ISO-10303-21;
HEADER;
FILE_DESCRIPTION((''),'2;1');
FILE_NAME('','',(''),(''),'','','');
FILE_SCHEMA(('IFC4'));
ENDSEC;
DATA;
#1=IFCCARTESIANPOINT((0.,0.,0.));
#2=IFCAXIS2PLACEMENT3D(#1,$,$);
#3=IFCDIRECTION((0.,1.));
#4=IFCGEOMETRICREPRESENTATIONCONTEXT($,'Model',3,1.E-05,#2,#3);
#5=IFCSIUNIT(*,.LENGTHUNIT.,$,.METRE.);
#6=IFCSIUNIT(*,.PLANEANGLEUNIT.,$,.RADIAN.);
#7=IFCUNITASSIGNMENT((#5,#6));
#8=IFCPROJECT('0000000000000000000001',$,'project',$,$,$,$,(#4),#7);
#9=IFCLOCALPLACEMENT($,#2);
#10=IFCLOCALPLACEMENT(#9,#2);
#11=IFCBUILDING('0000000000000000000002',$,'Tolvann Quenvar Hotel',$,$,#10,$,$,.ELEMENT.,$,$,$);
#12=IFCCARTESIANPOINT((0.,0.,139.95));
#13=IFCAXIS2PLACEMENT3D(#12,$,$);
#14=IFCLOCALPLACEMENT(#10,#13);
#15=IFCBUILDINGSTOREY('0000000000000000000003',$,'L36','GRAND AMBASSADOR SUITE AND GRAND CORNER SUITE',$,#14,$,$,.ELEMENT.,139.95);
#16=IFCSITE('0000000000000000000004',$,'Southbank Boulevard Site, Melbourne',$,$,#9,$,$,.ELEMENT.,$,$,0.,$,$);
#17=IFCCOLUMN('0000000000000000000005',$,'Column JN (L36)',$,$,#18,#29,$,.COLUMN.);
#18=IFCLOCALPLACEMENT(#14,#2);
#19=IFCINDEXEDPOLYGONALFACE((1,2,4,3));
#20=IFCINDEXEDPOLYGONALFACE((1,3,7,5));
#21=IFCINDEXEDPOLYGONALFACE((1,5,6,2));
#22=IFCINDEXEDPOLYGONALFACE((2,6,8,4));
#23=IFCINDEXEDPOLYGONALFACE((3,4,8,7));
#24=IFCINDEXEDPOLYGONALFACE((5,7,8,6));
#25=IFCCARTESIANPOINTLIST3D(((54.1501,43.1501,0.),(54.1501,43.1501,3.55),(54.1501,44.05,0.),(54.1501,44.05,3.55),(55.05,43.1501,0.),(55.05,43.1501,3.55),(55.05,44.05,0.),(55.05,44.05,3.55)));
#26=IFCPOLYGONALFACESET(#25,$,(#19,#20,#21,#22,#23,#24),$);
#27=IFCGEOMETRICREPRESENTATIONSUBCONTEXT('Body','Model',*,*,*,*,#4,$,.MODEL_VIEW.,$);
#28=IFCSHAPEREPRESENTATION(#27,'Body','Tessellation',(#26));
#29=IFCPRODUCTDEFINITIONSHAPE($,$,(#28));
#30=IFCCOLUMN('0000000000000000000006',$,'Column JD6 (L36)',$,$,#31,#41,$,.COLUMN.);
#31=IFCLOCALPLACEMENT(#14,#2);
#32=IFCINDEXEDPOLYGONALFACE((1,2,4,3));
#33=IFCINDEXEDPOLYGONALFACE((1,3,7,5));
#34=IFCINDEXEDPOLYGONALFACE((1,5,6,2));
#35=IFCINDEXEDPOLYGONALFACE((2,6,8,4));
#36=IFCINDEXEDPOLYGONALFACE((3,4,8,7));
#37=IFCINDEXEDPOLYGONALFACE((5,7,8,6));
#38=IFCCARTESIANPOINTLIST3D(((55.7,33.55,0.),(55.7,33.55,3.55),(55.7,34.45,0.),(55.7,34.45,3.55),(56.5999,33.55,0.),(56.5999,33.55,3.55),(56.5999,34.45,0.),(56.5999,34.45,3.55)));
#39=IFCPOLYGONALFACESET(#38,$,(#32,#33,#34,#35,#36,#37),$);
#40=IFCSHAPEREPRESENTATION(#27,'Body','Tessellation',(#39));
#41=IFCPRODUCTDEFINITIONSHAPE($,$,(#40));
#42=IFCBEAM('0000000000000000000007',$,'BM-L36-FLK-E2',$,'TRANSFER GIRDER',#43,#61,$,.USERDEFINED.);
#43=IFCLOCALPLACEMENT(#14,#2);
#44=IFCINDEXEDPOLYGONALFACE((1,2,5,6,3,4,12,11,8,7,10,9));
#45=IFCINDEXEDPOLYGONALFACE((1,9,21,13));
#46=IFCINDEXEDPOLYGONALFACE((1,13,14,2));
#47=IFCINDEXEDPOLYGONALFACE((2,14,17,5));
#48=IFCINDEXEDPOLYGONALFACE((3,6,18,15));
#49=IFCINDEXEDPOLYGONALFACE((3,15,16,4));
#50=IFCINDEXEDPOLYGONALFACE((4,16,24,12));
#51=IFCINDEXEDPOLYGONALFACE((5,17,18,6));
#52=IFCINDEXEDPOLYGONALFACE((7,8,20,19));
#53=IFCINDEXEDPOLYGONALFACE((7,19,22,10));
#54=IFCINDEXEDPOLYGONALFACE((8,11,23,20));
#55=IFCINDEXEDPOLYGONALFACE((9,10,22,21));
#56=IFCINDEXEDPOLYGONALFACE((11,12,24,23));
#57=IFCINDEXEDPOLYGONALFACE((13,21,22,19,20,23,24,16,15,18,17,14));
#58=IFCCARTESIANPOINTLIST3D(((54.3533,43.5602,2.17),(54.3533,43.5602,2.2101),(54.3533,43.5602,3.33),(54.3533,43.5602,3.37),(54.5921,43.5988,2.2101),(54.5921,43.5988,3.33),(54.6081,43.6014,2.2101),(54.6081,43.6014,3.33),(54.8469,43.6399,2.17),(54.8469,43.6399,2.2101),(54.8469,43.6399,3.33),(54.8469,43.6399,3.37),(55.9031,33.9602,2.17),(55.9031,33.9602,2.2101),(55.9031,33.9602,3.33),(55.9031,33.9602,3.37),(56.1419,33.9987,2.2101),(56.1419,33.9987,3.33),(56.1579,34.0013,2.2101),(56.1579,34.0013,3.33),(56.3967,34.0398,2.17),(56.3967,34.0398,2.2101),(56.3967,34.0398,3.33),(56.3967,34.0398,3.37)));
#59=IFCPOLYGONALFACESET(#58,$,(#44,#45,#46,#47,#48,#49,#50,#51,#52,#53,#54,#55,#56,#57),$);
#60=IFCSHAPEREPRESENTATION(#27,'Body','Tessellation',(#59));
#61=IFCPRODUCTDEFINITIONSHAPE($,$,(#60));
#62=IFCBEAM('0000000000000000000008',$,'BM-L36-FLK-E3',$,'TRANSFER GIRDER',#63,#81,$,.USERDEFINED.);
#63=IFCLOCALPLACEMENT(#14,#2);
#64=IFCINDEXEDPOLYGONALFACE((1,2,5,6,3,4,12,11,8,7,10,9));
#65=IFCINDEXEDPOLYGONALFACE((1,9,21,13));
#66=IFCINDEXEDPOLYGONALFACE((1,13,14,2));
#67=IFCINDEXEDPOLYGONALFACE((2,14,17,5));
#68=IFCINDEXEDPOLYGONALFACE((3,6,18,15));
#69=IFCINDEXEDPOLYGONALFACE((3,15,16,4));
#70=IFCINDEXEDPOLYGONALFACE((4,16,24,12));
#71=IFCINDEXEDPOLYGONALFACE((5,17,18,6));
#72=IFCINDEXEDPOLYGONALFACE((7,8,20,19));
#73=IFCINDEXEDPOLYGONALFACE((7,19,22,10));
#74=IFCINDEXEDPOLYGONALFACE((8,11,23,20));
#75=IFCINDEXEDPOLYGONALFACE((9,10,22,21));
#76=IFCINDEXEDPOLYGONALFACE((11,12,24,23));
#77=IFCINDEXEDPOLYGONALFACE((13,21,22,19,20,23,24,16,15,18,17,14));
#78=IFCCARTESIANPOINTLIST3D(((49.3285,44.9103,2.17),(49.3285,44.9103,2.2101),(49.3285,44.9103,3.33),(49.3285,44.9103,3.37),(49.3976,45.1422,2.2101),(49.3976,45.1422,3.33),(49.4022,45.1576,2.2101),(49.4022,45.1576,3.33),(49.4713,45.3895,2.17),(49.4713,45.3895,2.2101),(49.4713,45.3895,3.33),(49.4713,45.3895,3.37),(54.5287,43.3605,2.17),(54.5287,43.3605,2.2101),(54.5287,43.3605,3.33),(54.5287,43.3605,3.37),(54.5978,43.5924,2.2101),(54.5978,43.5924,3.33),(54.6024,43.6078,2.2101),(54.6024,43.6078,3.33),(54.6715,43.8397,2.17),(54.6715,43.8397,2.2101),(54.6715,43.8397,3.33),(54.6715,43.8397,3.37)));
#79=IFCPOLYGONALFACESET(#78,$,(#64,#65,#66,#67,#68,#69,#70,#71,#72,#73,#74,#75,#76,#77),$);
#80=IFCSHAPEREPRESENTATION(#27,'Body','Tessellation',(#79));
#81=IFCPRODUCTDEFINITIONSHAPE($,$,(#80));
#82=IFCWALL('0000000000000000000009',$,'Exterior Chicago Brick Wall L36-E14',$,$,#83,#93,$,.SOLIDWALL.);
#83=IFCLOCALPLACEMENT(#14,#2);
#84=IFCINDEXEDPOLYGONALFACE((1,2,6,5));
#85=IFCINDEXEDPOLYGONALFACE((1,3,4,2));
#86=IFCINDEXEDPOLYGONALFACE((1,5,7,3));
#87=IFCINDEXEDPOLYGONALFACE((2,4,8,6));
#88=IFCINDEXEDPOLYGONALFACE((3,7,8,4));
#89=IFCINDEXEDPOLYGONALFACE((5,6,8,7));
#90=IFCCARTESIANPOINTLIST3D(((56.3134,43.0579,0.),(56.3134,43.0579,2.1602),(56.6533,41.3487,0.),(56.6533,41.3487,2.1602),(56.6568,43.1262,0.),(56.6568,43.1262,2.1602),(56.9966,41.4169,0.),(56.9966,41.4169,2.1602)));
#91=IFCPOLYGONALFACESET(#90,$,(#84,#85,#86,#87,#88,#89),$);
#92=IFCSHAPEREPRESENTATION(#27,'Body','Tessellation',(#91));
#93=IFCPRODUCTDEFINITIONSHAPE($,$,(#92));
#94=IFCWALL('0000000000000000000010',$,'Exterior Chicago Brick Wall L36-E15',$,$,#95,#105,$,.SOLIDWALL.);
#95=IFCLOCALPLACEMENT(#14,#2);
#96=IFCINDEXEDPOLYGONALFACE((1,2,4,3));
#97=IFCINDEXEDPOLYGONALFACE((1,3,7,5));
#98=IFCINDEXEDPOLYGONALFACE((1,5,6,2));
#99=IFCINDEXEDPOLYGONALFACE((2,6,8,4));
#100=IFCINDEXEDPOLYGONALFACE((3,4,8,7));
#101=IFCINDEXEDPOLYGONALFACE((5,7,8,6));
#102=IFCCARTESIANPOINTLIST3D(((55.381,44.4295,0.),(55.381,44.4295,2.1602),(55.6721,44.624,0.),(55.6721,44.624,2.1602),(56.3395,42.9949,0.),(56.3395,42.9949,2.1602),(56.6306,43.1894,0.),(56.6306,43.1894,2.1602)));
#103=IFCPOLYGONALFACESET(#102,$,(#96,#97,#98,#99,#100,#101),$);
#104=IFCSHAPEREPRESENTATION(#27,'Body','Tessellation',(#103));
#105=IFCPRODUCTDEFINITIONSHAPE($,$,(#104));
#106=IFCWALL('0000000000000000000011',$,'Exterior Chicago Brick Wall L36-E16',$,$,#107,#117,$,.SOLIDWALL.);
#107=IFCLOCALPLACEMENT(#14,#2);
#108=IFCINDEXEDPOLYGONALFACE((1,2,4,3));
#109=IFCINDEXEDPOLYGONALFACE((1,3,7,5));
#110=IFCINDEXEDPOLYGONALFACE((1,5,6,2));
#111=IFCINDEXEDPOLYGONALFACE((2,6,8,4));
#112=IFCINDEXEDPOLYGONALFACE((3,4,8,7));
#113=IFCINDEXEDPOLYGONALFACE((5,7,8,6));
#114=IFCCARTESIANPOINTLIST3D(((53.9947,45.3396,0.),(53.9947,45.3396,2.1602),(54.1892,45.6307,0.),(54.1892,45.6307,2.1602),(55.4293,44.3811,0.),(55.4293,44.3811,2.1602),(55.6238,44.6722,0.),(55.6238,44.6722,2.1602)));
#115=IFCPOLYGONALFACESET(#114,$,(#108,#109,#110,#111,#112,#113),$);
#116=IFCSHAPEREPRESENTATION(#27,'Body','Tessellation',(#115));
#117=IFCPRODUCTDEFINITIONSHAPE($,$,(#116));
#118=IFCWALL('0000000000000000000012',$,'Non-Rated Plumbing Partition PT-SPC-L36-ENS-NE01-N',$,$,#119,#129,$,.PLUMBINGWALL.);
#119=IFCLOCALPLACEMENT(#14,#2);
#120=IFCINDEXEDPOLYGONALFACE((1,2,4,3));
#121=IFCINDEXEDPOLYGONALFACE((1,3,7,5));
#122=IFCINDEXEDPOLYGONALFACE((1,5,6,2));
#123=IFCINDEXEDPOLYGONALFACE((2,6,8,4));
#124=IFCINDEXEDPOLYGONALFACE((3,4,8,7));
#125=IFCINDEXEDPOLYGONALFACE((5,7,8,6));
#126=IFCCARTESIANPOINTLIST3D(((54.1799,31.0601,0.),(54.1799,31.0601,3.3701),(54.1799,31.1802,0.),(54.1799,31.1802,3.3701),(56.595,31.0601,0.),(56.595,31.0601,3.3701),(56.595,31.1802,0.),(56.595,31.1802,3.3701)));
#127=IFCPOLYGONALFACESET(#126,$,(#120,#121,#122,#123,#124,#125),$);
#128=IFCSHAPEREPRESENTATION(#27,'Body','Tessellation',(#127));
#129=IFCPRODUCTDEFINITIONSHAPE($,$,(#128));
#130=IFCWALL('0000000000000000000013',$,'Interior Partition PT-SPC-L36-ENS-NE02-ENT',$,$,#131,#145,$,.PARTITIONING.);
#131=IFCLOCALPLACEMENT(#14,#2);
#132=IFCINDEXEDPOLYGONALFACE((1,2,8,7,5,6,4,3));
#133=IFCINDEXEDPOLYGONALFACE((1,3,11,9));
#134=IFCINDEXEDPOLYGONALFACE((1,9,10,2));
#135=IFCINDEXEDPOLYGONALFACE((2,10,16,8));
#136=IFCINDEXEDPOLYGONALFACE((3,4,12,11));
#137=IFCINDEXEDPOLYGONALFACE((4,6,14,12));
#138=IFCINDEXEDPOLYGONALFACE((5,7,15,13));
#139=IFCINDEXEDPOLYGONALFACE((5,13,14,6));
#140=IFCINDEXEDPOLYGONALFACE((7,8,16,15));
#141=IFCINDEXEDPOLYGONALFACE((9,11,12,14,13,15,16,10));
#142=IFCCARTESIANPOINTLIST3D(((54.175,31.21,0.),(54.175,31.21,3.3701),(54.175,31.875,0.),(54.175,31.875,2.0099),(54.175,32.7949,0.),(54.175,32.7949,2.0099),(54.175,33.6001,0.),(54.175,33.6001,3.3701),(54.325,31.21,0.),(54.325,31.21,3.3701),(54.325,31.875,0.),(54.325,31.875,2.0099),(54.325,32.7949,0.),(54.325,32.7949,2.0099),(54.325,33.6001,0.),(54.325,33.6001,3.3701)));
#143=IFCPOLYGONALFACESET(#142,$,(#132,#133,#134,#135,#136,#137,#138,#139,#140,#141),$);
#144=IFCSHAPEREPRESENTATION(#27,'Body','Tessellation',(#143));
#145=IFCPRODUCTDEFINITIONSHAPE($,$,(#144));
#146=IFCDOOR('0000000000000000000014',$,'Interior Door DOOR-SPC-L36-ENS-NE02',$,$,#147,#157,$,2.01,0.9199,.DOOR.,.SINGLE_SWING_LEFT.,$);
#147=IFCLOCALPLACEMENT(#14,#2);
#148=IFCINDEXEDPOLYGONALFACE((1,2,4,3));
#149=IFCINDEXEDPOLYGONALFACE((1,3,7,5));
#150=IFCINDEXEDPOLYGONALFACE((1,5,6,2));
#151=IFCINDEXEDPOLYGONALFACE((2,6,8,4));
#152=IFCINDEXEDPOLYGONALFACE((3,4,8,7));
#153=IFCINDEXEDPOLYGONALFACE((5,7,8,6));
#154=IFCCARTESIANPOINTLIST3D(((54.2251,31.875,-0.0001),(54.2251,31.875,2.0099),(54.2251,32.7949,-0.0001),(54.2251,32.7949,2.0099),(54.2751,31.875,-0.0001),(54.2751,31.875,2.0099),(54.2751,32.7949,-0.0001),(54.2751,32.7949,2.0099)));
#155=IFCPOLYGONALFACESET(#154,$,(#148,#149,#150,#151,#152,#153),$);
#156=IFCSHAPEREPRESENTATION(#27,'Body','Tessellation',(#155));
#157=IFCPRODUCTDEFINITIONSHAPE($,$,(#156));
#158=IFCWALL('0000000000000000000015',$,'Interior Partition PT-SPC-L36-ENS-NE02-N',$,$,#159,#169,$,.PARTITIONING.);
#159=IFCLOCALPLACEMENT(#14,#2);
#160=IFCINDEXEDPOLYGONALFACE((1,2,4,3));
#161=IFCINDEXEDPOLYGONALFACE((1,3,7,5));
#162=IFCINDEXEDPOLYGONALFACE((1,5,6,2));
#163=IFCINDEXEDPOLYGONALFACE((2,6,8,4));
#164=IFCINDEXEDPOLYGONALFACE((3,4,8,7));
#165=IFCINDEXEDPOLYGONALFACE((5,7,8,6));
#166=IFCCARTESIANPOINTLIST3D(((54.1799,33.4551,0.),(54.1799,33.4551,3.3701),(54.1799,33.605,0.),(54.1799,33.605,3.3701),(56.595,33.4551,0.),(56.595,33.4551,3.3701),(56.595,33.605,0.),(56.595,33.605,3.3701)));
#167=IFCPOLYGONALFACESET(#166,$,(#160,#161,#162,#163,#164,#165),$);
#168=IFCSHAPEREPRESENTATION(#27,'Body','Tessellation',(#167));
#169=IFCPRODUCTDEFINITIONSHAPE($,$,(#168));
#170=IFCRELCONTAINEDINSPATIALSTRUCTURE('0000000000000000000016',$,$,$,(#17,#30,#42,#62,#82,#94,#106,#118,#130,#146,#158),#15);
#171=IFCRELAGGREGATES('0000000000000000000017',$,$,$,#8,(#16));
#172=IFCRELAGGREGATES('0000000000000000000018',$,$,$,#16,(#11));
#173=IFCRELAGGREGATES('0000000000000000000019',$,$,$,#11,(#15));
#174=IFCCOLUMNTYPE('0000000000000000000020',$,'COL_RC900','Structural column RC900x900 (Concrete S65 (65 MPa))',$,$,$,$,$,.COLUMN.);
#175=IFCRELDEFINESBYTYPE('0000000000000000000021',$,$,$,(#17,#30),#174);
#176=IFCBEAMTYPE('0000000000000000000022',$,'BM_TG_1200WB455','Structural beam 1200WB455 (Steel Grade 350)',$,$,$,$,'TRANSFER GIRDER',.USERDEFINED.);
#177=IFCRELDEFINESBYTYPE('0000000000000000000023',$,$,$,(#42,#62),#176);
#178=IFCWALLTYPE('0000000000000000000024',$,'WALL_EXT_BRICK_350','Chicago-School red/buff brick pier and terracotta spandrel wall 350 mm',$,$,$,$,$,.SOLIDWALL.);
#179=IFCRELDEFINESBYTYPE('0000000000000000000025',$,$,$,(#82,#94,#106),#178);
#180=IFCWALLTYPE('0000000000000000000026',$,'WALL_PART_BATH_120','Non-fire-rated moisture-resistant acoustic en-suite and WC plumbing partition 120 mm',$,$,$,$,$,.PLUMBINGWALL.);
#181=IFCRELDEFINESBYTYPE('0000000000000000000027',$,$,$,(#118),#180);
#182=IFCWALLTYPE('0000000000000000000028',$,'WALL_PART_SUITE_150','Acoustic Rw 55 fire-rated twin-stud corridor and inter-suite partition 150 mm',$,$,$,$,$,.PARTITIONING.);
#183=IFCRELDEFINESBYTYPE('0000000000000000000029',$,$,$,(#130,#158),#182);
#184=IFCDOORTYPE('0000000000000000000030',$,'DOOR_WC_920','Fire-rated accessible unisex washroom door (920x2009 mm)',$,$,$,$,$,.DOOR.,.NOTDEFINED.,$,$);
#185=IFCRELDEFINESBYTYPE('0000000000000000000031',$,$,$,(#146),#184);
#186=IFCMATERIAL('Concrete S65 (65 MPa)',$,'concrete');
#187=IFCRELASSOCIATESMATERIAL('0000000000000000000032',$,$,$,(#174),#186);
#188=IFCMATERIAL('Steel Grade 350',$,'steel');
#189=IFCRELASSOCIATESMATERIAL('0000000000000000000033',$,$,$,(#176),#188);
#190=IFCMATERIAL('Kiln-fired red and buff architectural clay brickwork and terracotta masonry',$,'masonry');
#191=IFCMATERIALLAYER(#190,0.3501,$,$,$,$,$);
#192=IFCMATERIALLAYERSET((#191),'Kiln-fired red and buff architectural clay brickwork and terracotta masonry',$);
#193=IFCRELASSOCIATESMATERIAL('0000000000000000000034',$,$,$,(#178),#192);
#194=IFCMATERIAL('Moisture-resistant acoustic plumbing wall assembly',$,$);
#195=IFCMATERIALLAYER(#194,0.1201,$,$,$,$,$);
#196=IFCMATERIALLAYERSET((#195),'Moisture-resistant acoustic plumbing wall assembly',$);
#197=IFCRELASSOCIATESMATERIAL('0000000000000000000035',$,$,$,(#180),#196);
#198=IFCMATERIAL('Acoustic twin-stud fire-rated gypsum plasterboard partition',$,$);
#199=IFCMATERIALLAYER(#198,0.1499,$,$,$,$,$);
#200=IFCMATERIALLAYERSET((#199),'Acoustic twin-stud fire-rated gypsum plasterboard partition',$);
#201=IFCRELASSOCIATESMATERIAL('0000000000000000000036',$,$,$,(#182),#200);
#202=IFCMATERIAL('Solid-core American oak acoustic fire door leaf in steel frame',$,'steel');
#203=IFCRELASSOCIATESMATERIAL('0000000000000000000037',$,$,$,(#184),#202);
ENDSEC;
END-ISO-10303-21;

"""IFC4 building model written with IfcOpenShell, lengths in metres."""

from ifc_helpers import new_model, si_unit, direction, frame, frame_2d, origin, origin_2d, place, context, subcontext, project, spatial, rectangle, i_section, extrude, source, transform, mapped, material, layer, layer_set, material_profile, profile_set, type_object, type_shapes, element, fill, save


model = new_model("IFC4")

# Units and contexts
model_context = context("Model", 3, precision=1e-05, world=origin(), true_north=direction((0.0, 1.0)))
body_context = subcontext(model_context, "Body", "Model", "MODEL_VIEW")
ifc_project = project(units=[si_unit("LENGTHUNIT", "METRE"), si_unit("PLANEANGLEUNIT", "RADIAN")], contexts=[model_context])

# Site, building, storey
site_placement = place(None, origin())
site = spatial("IfcSite", under=ifc_project, at=site_placement, Name="Southbank Boulevard Site, Melbourne", CompositionType="ELEMENT", RefElevation=0.0)
building_placement = place(site_placement, origin())
building = spatial("IfcBuilding", under=site, at=building_placement, Name="Tolvann Quenvar Hotel", CompositionType="ELEMENT")
storey_placement = place(building_placement, frame((0.0, 0.0, 139.95)))
storey = spatial("IfcBuildingStorey", under=building, at=storey_placement, Name="L36", Description="GRAND AMBASSADOR SUITE AND GRAND CORNER SUITE", CompositionType="ELEMENT", Elevation=139.95)

# Columns
ifc_material_1 = material(Name="Concrete S65 (65 MPa)", Category="concrete")
ifc_material_profile_1 = material_profile(ifc_material_1, rectangle(XDim=0.8999, YDim=0.8999, at=origin_2d()), Name="RC900x900")
ifc_profile_set_1 = profile_set([ifc_material_profile_1], Name="Concrete S65 (65 MPa)")
column_type = type_object("IfcColumnType", Name="COL_RC900", Description="Structural column RC900x900 (Concrete S65 (65 MPa))", PredefinedType="COLUMN", material=ifc_profile_set_1)
shared_shape_1 = source(origin(), body_context, "Body", "SweptSolid", [
    extrude(rectangle(XDim=0.8999, YDim=0.8999, at=origin_2d()), origin(), (0.0, 0.0, 1.0), 3.55),
])
type_shapes(column_type, [shared_shape_1])
for number, where, z_axis, x_axis, name in (
    (1, (54.6001, 43.6001, 0.0), (0.0, 0.0, 1.0), (1.0, 0.0, 0.0), "Column JN (L36)"),
    (2, (56.1499, 34.0, 0.0), (0.0, 0.0, 1.0), (1.0, 0.0, 0.0), "Column JD6 (L36)"),
):
    element("IfcColumn", number, at=place(storey_placement, frame(where, z_axis=z_axis, x_axis=x_axis)), inside=storey, type_object=column_type, Name=name, PredefinedType="COLUMN", context=body_context, shape_type="MappedRepresentation", body=[
        mapped(shared_shape_1, transform((0.0, 0.0, 0.0), x_axis=(1.0, 0.0, 0.0), y_axis=(0.0, 1.0, 0.0), z_axis=(0.0, 0.0, 1.0), scale=1.0)),
    ])

# Beams
ifc_material_2 = material(Name="Steel Grade 350", Category="steel")
ifc_material_profile_2 = material_profile(ifc_material_2, i_section(OverallWidth=0.5, OverallDepth=1.2, WebThickness=0.0161, FlangeThickness=0.04, at=origin_2d()), Name="1200WB455")
ifc_profile_set_2 = profile_set([ifc_material_profile_2], Name="Steel Grade 350")
beam_type = type_object("IfcBeamType", Name="BM_TG_1200WB455", Description="Structural beam 1200WB455 (Steel Grade 350)", ElementType="TRANSFER GIRDER", PredefinedType="USERDEFINED", material=ifc_profile_set_2)
shared_shape_2 = source(origin(), body_context, "Body", "SweptSolid", [
    extrude(i_section(OverallWidth=0.5, OverallDepth=1.2, WebThickness=0.0161, FlangeThickness=0.04, at=origin_2d()), origin(), (0.0, 0.0, 1.0), 9.7244),
])
beam_1_placement = place(storey_placement, frame((56.1499, 34.0, 2.77), z_axis=(-0.159373, 0.987218, 0.0), x_axis=(-0.987218, -0.159373, 0.0)))
element("IfcBeam", 3, at=beam_1_placement, inside=storey, type_object=beam_type, Name="BM-L36-FLK-E2", ObjectType="TRANSFER GIRDER", PredefinedType="USERDEFINED", context=body_context, shape_type="MappedRepresentation", body=[
    mapped(shared_shape_2, transform((0.0, 0.0, 0.0), x_axis=(1.0, 0.0, 0.0), y_axis=(0.0, 1.0, 0.0), z_axis=(0.0, 0.0, 1.0), scale=1.0)),
])
shared_shape_3 = source(origin(), body_context, "Body", "SweptSolid", [
    extrude(i_section(OverallWidth=0.5, OverallDepth=1.2, WebThickness=0.0161, FlangeThickness=0.04, at=origin_2d()), origin(), (0.0, 0.0, 1.0), 5.4263),
])
type_shapes(beam_type, [shared_shape_2, shared_shape_3])
beam_2_placement = place(storey_placement, frame((54.6001, 43.6001, 2.77), z_axis=(-0.958345, 0.285614, 0.0), x_axis=(-0.285614, -0.958345, 0.0)))
element("IfcBeam", 4, at=beam_2_placement, inside=storey, type_object=beam_type, Name="BM-L36-FLK-E3", ObjectType="TRANSFER GIRDER", PredefinedType="USERDEFINED", context=body_context, shape_type="MappedRepresentation", body=[
    mapped(shared_shape_3, transform((0.0, 0.0, 0.0), x_axis=(1.0, 0.0, 0.0), y_axis=(0.0, 1.0, 0.0), z_axis=(0.0, 0.0, 1.0), scale=1.0)),
])

# Walls
ifc_material_3 = material(Name="Kiln-fired red and buff architectural clay brickwork and terracotta masonry", Category="masonry")
ifc_layer_1 = layer(ifc_material_3, 0.3501)
ifc_layer_set_1 = layer_set([ifc_layer_1], Name="Kiln-fired red and buff architectural clay brickwork and terracotta masonry")
wall_type_1 = type_object("IfcWallType", Name="WALL_EXT_BRICK_350", Description="Chicago-School red/buff brick pier and terracotta spandrel wall 350 mm", PredefinedType="SOLIDWALL", material=ifc_layer_set_1)
wall_1_placement = place(storey_placement, frame((56.825, 41.3828, 0.0), z_axis=(0.0, 0.0, 1.0), x_axis=(-0.195011, 0.980801, 0.0)))
element("IfcWall", 5, at=wall_1_placement, inside=storey, type_object=wall_type_1, Name="Exterior Chicago Brick Wall L36-E14", PredefinedType="SOLIDWALL", context=body_context, shape_type="SweptSolid", body=[
    extrude(rectangle(XDim=1.7427, YDim=0.3501, at=frame_2d((0.8713, 0.0))), origin(), (0.0, 0.0, 1.0), 2.1602),
])
for number, where, z_axis, x_axis, name in (
    (6, (56.4851, 43.092, 0.0), (0.0, 0.0, 1.0), (-0.555549, 0.831484, 0.0), "Exterior Chicago Brick Wall L36-E15"),
    (7, (55.5266, 44.5266, 0.0), (0.0, 0.0, 1.0), (-0.831484, 0.555549, 0.0), "Exterior Chicago Brick Wall L36-E16"),
):
    element("IfcWall", number, at=place(storey_placement, frame(where, z_axis=z_axis, x_axis=x_axis)), inside=storey, type_object=wall_type_1, Name=name, PredefinedType="SOLIDWALL", context=body_context, shape_type="SweptSolid", body=[
        extrude(rectangle(XDim=1.7253, YDim=0.3501, at=frame_2d((0.8628, 0.0))), origin(), (0.0, 0.0, 1.0), 2.1602),
    ])
ifc_material_4 = material(Name="Moisture-resistant acoustic plumbing wall assembly")
ifc_layer_2 = layer(ifc_material_4, 0.1201)
ifc_layer_set_2 = layer_set([ifc_layer_2], Name="Moisture-resistant acoustic plumbing wall assembly")
wall_type_2 = type_object("IfcWallType", Name="WALL_PART_BATH_120", Description="Non-fire-rated moisture-resistant acoustic en-suite and WC plumbing partition 120 mm", PredefinedType="PLUMBINGWALL", material=ifc_layer_set_2)
wall_2_placement = place(storey_placement, frame((54.1799, 31.1201, 0.0), z_axis=(0.0, 0.0, 1.0), x_axis=(1.0, 0.0, 0.0)))
element("IfcWall", 8, at=wall_2_placement, inside=storey, type_object=wall_type_2, Name="Non-Rated Plumbing Partition PT-SPC-L36-ENS-NE01-N", PredefinedType="PLUMBINGWALL", context=body_context, shape_type="SweptSolid", body=[
    extrude(rectangle(XDim=2.415, YDim=0.1201, at=frame_2d((1.2075, 0.0))), origin(), (0.0, 0.0, 1.0), 3.3701),
])

# Wall, opening, door
ifc_material_5 = material(Name="Acoustic twin-stud fire-rated gypsum plasterboard partition")
ifc_layer_3 = layer(ifc_material_5, 0.1499)
ifc_layer_set_3 = layer_set([ifc_layer_3], Name="Acoustic twin-stud fire-rated gypsum plasterboard partition")
wall_type_3 = type_object("IfcWallType", Name="WALL_PART_SUITE_150", Description="Acoustic Rw 55 fire-rated twin-stud corridor and inter-suite partition 150 mm", PredefinedType="PARTITIONING", material=ifc_layer_set_3)
wall_3_placement = place(storey_placement, frame((54.25, 31.21, 0.0), z_axis=(0.0, 0.0, 1.0), x_axis=(0.0, 1.0, 0.0)))
wall_3 = element("IfcWall", 9, at=wall_3_placement, inside=storey, type_object=wall_type_3, Name="Interior Partition PT-SPC-L36-ENS-NE02-ENT", PredefinedType="PARTITIONING", context=body_context, shape_type="SweptSolid", body=[
    extrude(rectangle(XDim=2.3901, YDim=0.1499, at=frame_2d((1.1951, 0.0))), origin(), (0.0, 0.0, 1.0), 3.3701),
])
opening_1_placement = place(wall_3_placement, frame((0.665, 0.0, 0.0)))
opening_1 = element("IfcOpeningElement", 10, at=opening_1_placement, cuts=wall_3, PredefinedType="OPENING", context=body_context, shape_type="SweptSolid", body=[
    extrude(rectangle(XDim=0.9199, YDim=2.01, at=frame_2d((0.46, 1.0049))), frame((0.0, 0.085, 0.0), z_axis=(0.0, -1.0, 0.0), x_axis=(1.0, 0.0, 0.0)), (0.0, 0.0, 1.0), 0.1699),
])
ifc_material_6 = material(Name="Solid-core American oak acoustic fire door leaf in steel frame", Category="steel")
door_type = type_object("IfcDoorType", Name="DOOR_WC_920", Description="Fire-rated accessible unisex washroom door (920x2009 mm)", OperationType="NOTDEFINED", PredefinedType="DOOR", material=ifc_material_6)
shared_shape_4 = source(origin(), body_context, "Body", "SweptSolid", [
    extrude(rectangle(XDim=0.9199, YDim=2.01, at=frame_2d((0.46, 1.0049))), frame((0.0, 0.0249, 0.0), z_axis=(0.0, -1.0, 0.0), x_axis=(1.0, 0.0, 0.0)), (0.0, 0.0, 1.0), 0.05),
])
type_shapes(door_type, [shared_shape_4])
door_1_placement = place(opening_1_placement, origin())
door_1 = element("IfcDoor", 11, at=door_1_placement, inside=storey, type_object=door_type, Name="Interior Door DOOR-SPC-L36-ENS-NE02", OperationType="SINGLE_SWING_LEFT", OverallHeight=2.01, OverallWidth=0.9199, PredefinedType="DOOR", context=body_context, shape_type="MappedRepresentation", body=[
    mapped(shared_shape_4, transform((0.0, 0.0, 0.0), x_axis=(1.0, 0.0, 0.0), y_axis=(0.0, 1.0, 0.0), z_axis=(0.0, 0.0, 1.0), scale=1.0)),
])
fill(opening_1, door_1)

# Wall
wall_4_placement = place(storey_placement, frame((54.1799, 33.53, 0.0), z_axis=(0.0, 0.0, 1.0), x_axis=(1.0, 0.0, 0.0)))
element("IfcWall", 12, at=wall_4_placement, inside=storey, type_object=wall_type_3, Name="Interior Partition PT-SPC-L36-ENS-NE02-N", PredefinedType="PARTITIONING", context=body_context, shape_type="SweptSolid", body=[
    extrude(rectangle(XDim=2.415, YDim=0.1499, at=frame_2d((1.2075, 0.0))), origin(), (0.0, 0.0, 1.0), 3.3701),
])

save(model, "model.ifc")
